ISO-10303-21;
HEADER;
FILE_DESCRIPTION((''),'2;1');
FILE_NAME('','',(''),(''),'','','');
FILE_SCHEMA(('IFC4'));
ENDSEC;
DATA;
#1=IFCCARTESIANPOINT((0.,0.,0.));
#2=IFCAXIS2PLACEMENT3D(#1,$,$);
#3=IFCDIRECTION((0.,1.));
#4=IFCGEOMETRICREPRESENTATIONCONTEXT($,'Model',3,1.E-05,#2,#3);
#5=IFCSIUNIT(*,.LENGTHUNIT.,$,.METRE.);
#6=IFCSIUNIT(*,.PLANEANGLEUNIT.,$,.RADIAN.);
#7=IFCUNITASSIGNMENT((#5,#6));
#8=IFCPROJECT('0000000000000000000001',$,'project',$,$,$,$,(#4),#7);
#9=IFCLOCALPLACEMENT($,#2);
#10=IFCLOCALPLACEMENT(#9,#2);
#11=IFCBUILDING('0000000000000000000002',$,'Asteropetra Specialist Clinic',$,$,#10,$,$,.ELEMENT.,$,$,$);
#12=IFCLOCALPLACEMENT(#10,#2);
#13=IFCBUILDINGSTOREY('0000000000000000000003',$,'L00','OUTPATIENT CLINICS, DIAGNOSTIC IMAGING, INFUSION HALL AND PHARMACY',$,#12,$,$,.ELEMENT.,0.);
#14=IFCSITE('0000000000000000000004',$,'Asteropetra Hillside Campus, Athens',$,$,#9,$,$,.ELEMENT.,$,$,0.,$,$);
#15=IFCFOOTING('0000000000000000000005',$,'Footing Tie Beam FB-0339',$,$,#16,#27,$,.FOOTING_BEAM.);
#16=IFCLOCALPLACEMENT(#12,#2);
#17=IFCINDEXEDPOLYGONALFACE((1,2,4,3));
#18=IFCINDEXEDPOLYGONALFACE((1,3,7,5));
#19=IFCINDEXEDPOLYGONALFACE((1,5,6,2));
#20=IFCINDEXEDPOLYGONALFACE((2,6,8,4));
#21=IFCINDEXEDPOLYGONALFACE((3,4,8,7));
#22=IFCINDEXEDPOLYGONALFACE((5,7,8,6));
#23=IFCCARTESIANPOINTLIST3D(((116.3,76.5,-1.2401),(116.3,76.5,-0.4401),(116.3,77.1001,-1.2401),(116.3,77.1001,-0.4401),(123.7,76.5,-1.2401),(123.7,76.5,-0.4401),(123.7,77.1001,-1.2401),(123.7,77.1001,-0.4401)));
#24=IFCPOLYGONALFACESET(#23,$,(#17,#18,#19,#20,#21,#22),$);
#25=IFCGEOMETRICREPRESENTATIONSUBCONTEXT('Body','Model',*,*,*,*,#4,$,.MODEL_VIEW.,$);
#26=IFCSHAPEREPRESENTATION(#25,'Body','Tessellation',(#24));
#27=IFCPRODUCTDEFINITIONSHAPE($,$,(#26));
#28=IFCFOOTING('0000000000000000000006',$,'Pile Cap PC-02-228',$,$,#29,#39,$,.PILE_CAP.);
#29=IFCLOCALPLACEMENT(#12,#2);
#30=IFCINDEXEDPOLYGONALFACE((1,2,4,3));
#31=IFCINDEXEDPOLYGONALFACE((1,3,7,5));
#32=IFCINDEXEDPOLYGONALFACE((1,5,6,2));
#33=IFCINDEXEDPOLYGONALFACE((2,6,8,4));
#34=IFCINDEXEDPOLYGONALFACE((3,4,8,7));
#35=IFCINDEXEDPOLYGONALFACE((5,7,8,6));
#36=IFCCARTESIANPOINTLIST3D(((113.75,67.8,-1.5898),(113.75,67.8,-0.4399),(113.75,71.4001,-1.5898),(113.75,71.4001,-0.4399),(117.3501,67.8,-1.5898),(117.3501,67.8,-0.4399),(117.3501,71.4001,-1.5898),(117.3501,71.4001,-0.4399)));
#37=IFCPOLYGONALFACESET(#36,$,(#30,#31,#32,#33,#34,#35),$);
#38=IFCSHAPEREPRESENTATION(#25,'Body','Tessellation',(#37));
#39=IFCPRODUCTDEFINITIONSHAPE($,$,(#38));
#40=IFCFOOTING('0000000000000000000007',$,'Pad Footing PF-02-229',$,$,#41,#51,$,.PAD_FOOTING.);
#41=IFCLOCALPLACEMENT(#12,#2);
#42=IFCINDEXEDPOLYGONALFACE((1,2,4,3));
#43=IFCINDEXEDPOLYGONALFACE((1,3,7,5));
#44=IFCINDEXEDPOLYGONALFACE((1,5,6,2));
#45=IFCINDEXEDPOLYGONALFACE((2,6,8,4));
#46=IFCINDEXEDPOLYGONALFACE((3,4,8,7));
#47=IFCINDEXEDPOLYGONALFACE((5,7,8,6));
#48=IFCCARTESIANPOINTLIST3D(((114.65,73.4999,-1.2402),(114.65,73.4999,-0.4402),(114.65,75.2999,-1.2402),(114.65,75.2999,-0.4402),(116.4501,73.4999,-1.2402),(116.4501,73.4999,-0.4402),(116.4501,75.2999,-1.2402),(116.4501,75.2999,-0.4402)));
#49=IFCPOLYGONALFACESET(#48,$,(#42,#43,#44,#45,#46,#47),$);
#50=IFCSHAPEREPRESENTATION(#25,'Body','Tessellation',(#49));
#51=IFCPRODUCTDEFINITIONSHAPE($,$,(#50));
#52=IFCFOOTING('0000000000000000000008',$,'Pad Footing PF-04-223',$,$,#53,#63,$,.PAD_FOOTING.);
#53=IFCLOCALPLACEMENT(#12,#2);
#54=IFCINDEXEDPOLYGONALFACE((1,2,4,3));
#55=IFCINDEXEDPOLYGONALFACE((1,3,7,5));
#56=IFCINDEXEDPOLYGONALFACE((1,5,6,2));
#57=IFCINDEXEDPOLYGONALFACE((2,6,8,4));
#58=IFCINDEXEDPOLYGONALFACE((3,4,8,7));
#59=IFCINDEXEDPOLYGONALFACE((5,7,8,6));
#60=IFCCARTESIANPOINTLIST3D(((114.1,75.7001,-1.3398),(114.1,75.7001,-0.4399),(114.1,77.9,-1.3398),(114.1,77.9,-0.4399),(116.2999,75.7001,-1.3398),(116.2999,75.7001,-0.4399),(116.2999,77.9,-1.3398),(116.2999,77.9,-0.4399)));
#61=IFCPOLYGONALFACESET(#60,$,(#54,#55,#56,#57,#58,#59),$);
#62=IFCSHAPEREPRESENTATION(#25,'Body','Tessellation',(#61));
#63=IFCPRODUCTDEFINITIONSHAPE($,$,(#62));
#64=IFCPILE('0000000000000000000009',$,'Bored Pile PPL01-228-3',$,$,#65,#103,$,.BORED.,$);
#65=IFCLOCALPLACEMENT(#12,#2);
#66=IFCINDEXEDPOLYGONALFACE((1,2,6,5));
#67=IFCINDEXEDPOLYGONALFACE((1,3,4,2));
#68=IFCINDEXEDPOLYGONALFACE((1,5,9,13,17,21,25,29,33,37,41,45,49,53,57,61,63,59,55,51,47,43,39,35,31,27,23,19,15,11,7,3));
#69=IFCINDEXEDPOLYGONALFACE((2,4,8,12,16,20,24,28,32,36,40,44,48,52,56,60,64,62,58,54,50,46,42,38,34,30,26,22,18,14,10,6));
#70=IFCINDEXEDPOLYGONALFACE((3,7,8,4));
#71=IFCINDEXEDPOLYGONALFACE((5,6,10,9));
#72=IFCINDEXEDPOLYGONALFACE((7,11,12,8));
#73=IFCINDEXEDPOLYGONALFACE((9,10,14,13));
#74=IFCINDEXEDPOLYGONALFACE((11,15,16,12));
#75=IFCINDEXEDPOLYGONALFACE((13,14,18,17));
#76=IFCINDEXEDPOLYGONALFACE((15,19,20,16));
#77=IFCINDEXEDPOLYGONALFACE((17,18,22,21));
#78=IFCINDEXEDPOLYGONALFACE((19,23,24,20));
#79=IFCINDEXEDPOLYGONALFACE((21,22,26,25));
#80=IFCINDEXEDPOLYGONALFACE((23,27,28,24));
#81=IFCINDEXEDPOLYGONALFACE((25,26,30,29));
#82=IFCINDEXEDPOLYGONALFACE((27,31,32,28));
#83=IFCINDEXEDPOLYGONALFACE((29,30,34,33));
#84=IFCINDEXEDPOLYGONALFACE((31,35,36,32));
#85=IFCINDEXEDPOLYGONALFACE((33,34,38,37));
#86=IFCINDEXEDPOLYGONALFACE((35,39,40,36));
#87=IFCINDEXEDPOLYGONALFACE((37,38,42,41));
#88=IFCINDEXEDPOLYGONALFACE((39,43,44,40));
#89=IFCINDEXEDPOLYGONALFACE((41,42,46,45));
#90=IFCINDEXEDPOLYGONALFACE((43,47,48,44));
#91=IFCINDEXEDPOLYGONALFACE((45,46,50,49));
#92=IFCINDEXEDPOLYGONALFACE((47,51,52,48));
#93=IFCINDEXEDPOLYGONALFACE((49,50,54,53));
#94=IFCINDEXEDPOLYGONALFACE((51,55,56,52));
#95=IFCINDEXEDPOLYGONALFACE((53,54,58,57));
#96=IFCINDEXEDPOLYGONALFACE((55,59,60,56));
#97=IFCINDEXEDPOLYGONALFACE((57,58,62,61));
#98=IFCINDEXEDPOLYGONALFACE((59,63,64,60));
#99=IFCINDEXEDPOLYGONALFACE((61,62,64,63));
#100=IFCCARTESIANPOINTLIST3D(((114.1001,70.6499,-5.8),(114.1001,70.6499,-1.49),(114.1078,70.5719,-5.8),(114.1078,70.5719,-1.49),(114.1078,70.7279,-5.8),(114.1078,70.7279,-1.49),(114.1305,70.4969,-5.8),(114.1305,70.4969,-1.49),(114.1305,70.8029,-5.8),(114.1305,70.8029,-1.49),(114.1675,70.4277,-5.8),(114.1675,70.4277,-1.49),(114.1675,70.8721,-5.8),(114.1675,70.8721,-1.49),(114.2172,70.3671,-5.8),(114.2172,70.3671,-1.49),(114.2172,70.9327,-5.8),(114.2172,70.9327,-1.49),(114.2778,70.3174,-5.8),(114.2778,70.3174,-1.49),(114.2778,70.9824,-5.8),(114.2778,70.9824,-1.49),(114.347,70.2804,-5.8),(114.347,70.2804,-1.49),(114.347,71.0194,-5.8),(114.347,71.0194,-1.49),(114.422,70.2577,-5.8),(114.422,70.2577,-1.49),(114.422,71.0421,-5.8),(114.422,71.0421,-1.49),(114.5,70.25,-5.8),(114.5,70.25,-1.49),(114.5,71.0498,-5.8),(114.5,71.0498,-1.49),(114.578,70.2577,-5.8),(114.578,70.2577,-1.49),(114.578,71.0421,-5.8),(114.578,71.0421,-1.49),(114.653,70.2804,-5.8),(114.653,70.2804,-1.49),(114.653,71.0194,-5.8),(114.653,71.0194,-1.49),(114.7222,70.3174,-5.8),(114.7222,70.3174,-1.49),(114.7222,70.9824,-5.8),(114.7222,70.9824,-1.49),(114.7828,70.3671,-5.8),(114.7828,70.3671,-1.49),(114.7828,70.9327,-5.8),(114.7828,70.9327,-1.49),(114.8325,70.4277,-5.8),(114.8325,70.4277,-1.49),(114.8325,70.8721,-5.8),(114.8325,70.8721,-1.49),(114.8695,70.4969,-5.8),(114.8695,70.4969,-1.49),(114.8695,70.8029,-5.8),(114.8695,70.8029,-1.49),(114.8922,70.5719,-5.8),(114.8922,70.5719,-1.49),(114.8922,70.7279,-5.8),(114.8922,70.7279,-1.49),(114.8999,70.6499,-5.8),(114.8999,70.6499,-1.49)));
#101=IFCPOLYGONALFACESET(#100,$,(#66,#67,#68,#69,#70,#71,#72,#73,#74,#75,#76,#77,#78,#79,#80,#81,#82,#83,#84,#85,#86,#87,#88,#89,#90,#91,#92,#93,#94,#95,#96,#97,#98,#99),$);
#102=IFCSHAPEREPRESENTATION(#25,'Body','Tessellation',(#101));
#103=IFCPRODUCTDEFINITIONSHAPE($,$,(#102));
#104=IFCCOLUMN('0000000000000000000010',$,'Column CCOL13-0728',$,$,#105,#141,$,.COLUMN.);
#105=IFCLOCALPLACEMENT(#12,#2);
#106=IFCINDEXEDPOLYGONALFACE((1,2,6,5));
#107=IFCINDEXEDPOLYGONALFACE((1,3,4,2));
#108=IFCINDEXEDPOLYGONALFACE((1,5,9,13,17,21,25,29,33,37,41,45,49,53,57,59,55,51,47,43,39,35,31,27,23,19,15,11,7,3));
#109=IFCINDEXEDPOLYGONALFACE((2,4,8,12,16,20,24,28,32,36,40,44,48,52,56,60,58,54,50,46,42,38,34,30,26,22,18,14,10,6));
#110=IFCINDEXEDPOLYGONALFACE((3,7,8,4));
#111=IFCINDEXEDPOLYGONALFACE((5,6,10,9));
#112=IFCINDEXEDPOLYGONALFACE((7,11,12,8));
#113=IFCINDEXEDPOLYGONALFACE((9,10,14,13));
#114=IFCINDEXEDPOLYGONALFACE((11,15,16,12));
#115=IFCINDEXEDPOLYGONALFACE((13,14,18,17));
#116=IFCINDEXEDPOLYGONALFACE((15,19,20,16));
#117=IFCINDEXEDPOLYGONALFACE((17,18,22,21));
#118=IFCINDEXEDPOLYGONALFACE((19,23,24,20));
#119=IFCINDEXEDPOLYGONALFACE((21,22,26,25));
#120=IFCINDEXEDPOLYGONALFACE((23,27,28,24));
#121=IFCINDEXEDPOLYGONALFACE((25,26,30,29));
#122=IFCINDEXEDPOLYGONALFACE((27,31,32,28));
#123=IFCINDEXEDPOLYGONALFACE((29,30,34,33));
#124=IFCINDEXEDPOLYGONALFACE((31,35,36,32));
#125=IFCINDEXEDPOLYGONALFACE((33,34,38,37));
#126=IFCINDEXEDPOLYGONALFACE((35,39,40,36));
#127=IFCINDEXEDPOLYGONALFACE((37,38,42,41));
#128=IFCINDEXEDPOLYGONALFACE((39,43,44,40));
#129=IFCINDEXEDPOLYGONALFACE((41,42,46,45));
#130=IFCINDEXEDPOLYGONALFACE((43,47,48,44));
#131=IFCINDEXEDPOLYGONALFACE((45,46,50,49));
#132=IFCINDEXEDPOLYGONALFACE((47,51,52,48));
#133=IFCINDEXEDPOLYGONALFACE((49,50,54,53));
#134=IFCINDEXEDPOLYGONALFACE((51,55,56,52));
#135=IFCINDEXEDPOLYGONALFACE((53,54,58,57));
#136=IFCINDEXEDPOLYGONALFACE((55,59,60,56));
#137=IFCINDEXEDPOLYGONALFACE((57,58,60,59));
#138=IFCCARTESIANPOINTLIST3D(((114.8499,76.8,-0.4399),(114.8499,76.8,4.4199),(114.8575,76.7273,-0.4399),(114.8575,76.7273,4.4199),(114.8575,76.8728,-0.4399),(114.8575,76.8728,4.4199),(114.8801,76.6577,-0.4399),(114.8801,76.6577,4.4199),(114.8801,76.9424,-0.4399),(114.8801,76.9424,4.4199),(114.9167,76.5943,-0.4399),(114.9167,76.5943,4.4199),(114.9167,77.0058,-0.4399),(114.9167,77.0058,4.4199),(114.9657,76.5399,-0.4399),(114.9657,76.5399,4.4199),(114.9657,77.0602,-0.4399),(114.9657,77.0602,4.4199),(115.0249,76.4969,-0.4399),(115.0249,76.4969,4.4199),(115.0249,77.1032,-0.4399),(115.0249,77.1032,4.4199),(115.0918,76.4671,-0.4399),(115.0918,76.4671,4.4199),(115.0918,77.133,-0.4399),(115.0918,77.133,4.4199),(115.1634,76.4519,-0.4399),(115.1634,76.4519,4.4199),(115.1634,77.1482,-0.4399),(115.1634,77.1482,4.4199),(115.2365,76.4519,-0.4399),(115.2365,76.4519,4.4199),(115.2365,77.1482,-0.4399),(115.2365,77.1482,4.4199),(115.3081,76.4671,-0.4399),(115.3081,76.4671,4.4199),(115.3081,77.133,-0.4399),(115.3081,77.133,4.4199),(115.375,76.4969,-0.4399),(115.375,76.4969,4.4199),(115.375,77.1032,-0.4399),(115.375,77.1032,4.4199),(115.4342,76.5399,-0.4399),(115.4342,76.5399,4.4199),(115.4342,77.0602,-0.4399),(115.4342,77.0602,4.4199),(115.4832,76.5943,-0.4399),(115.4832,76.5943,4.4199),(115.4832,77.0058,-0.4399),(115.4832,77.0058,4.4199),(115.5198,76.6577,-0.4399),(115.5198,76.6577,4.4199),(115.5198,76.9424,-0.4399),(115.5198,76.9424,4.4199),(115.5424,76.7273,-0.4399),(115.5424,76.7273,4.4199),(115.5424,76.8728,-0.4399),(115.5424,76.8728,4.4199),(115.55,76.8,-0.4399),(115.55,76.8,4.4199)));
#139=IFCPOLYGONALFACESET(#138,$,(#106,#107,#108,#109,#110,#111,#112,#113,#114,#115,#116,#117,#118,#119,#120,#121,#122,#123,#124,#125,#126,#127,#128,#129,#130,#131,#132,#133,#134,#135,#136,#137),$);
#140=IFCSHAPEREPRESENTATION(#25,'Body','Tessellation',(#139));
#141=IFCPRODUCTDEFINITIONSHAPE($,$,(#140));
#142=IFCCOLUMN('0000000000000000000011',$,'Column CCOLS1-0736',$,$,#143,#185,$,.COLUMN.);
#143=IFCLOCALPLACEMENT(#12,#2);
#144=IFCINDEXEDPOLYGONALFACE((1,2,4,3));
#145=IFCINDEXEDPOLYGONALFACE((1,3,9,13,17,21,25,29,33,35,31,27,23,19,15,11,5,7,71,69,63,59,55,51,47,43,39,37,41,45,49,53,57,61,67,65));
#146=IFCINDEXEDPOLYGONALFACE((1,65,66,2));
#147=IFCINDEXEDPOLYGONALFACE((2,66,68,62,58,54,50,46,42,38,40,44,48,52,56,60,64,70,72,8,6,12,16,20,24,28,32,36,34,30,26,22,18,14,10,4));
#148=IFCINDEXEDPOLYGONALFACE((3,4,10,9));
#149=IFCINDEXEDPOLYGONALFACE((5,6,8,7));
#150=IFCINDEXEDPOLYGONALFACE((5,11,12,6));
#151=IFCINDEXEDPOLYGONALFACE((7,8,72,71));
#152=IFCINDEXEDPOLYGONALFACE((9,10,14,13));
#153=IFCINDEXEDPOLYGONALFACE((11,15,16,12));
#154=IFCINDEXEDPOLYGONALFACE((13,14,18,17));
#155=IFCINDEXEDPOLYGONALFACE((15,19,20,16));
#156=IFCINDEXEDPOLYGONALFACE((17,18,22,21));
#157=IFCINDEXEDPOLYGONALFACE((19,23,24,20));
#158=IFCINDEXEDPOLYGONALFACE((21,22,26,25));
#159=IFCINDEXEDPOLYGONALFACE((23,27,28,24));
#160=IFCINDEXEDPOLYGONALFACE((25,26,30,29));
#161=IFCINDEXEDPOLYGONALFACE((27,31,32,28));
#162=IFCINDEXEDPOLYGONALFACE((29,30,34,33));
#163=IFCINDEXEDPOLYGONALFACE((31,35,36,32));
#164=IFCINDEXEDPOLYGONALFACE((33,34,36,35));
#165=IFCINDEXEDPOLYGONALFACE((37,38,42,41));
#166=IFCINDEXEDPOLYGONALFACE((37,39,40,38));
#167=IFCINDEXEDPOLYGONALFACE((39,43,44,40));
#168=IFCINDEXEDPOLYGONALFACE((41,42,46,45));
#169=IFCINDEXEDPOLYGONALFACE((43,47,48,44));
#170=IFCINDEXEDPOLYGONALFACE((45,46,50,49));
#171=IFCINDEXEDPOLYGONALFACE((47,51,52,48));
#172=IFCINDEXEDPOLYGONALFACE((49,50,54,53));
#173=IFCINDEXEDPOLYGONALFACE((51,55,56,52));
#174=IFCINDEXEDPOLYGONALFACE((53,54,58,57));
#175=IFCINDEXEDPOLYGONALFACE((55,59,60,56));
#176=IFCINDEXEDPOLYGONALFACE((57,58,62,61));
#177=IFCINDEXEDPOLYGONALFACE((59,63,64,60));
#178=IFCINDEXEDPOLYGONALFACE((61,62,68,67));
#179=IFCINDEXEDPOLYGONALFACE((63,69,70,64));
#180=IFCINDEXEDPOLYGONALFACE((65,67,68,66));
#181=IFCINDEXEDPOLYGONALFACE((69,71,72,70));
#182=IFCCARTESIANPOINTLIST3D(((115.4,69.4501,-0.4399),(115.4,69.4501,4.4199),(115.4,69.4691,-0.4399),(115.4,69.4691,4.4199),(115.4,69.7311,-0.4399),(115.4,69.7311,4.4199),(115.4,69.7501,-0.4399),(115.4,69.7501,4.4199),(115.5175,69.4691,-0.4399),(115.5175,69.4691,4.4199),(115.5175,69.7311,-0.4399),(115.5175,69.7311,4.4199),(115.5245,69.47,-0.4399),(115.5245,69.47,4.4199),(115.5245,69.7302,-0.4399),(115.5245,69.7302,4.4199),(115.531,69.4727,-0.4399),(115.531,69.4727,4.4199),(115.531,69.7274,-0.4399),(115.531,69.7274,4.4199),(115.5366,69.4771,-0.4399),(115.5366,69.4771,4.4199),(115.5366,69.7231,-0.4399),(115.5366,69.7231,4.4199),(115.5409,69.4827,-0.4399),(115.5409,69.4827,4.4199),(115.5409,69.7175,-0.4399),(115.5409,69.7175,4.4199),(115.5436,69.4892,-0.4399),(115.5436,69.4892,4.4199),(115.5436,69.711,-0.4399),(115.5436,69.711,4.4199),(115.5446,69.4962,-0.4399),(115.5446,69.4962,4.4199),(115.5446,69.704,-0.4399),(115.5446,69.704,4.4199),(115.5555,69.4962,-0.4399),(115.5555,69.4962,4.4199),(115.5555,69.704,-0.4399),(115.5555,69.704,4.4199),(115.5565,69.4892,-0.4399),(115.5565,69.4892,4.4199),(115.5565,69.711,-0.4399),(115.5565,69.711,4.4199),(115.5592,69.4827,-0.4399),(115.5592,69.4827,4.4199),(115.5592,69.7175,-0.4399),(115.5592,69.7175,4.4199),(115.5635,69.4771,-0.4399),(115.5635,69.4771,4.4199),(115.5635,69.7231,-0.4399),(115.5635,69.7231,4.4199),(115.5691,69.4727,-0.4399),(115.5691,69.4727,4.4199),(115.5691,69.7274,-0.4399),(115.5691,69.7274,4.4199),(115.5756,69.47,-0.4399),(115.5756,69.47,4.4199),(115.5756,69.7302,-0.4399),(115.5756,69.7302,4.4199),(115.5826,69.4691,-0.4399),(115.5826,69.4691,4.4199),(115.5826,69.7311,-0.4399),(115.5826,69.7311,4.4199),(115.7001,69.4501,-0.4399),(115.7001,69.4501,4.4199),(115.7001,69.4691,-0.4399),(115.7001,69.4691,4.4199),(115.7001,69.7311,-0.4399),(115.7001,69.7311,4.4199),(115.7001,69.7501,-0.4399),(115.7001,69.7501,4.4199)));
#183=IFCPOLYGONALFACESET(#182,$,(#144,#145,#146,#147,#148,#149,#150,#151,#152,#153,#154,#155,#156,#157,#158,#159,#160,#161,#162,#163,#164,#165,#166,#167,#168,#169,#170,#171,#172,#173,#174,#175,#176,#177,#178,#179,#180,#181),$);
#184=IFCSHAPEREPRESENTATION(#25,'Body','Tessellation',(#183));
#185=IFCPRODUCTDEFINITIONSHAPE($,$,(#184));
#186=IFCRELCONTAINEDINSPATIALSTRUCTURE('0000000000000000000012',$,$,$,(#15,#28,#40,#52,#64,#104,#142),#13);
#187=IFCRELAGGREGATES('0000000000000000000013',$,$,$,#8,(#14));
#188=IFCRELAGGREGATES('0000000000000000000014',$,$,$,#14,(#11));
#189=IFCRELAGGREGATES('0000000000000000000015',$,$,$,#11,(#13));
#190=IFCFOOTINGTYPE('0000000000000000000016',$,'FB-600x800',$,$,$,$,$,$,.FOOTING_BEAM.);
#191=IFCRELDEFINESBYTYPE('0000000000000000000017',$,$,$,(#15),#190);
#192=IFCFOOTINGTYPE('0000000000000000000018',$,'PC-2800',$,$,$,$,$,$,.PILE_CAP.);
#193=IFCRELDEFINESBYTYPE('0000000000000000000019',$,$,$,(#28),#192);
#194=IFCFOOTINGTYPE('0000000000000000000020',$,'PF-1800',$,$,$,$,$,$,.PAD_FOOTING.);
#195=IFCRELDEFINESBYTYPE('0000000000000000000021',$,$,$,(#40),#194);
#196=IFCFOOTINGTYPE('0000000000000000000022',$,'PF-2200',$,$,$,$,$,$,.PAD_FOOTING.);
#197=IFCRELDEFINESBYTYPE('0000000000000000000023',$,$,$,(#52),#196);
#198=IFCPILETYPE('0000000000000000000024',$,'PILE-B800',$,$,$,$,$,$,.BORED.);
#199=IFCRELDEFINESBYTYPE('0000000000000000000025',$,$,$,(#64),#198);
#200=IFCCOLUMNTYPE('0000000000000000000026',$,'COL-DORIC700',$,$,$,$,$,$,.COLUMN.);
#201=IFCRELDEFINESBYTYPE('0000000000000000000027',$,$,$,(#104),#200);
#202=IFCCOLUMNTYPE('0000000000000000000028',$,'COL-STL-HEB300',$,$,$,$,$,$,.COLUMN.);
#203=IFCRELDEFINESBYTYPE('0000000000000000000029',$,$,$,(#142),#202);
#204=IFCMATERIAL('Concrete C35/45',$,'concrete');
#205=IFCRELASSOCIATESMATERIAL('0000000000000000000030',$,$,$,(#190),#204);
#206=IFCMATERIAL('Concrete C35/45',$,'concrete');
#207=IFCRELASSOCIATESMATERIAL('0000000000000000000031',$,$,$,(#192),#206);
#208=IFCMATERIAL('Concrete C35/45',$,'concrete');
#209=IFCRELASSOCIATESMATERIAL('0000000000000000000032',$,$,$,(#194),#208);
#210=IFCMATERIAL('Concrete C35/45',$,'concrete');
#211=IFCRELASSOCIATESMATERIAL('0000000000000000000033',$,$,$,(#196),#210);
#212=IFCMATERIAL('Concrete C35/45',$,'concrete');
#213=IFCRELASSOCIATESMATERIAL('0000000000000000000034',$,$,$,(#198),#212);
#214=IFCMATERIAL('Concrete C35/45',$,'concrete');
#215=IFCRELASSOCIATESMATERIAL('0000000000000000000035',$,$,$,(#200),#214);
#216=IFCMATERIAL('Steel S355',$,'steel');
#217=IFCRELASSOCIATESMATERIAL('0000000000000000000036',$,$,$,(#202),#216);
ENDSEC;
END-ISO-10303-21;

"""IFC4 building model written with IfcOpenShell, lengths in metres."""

from ifc_helpers import new_model, si_unit, direction, frame, origin, origin_2d, place, context, subcontext, project, spatial, rectangle, circle, i_section, extrude, material, material_profile, profile_set, type_object, element, save


model = new_model("IFC4")

# Units and contexts
model_context = context("Model", 3, precision=1e-05, world=origin(), true_north=direction((0.0, 1.0)))
body_context = subcontext(model_context, "Body", "Model", "MODEL_VIEW")
ifc_project = project(units=[si_unit("LENGTHUNIT", "METRE"), si_unit("PLANEANGLEUNIT", "RADIAN")], contexts=[model_context])

# Site, building, storey
site_placement = place(None, origin())
site = spatial("IfcSite", under=ifc_project, at=site_placement, Name="Asteropetra Hillside Campus, Athens", CompositionType="ELEMENT", RefElevation=0.0)
building_placement = place(site_placement, origin())
building = spatial("IfcBuilding", under=site, at=building_placement, Name="Asteropetra Specialist Clinic", CompositionType="ELEMENT")
storey_placement = place(building_placement, origin())
storey = spatial("IfcBuildingStorey", under=building, at=storey_placement, Name="L00", Description="OUTPATIENT CLINICS, DIAGNOSTIC IMAGING, INFUSION HALL AND PHARMACY", CompositionType="ELEMENT", Elevation=0.0)

# Footings
ifc_material_1 = material(Name="Concrete C35/45", Category="concrete")
ifc_material_profile_1 = material_profile(ifc_material_1, rectangle(XDim=0.6001, YDim=0.8, at=origin_2d()), Name="FB 600x800")
ifc_profile_set_1 = profile_set([ifc_material_profile_1], Name="Concrete C35/45")
footing_type_1 = type_object("IfcFootingType", Name="FB-600x800", PredefinedType="FOOTING_BEAM", material=ifc_profile_set_1)
footing_1_placement = place(storey_placement, frame((116.3, 76.8, -0.8401), z_axis=(1.0, 0.0, 0.0), x_axis=(0.0, 1.0, 0.0)))
element("IfcFooting", 1, at=footing_1_placement, inside=storey, type_object=footing_type_1, Name="Footing Tie Beam FB-0339", PredefinedType="FOOTING_BEAM", context=body_context, shape_type="SweptSolid", body=[
    extrude(rectangle(XDim=0.6001, YDim=0.8, at=origin_2d()), origin(), (0.0, 0.0, 1.0), 7.3999),
])
ifc_material_2 = material(Name="Concrete C35/45", Category="concrete")
footing_type_2 = type_object("IfcFootingType", Name="PC-2800", PredefinedType="PILE_CAP", material=ifc_material_2)
footing_2_placement = place(storey_placement, frame((115.55, 69.6001, -1.5898), z_axis=(0.0, 0.0, 1.0), x_axis=(1.0, 0.0, 0.0)))
element("IfcFooting", 2, at=footing_2_placement, inside=storey, type_object=footing_type_2, Name="Pile Cap PC-02-228", PredefinedType="PILE_CAP", context=body_context, shape_type="SweptSolid", body=[
    extrude(rectangle(XDim=3.6001, YDim=3.6001, at=origin_2d()), origin(), (0.0, 0.0, 1.0), 1.1499),
])
ifc_material_3 = material(Name="Concrete C35/45", Category="concrete")
footing_type_3 = type_object("IfcFootingType", Name="PF-1800", PredefinedType="PAD_FOOTING", material=ifc_material_3)
footing_3_placement = place(storey_placement, frame((115.55, 74.3999, -1.2402), z_axis=(0.0, 0.0, 1.0), x_axis=(1.0, 0.0, 0.0)))
element("IfcFooting", 3, at=footing_3_placement, inside=storey, type_object=footing_type_3, Name="Pad Footing PF-02-229", PredefinedType="PAD_FOOTING", context=body_context, shape_type="SweptSolid", body=[
    extrude(rectangle(XDim=1.8, YDim=1.8, at=origin_2d()), origin(), (0.0, 0.0, 1.0), 0.8),
])
ifc_material_4 = material(Name="Concrete C35/45", Category="concrete")
footing_type_4 = type_object("IfcFootingType", Name="PF-2200", PredefinedType="PAD_FOOTING", material=ifc_material_4)
footing_4_placement = place(storey_placement, frame((115.2, 76.8, -1.3398), z_axis=(0.0, 0.0, 1.0), x_axis=(1.0, 0.0, 0.0)))
element("IfcFooting", 4, at=footing_4_placement, inside=storey, type_object=footing_type_4, Name="Pad Footing PF-04-223", PredefinedType="PAD_FOOTING", context=body_context, shape_type="SweptSolid", body=[
    extrude(rectangle(XDim=2.2, YDim=2.2, at=origin_2d()), origin(), (0.0, 0.0, 1.0), 0.8999),
])

# Pile
ifc_material_5 = material(Name="Concrete C35/45", Category="concrete")
ifc_material_profile_2 = material_profile(ifc_material_5, circle(Radius=0.3999, at=origin_2d()), Name="PILE D800")
ifc_profile_set_2 = profile_set([ifc_material_profile_2], Name="Concrete C35/45")
pile_type = type_object("IfcPileType", Name="PILE-B800", PredefinedType="BORED", material=ifc_profile_set_2)
pile_placement = place(storey_placement, frame((114.5, 70.6499, -1.49), z_axis=(0.0, 0.0, -1.0), x_axis=(1.0, 0.0, 0.0)))
element("IfcPile", 5, at=pile_placement, inside=storey, type_object=pile_type, Name="Bored Pile PPL01-228-3", PredefinedType="BORED", context=body_context, shape_type="SweptSolid", body=[
    extrude(circle(Radius=0.3999, at=origin_2d()), origin(), (0.0, 0.0, 1.0), 4.3101),
])

# Columns
ifc_material_6 = material(Name="Concrete C35/45", Category="concrete")
ifc_material_profile_3 = material_profile(ifc_material_6, circle(Radius=0.3501, at=origin_2d()), Name="RCC D700")
ifc_profile_set_3 = profile_set([ifc_material_profile_3], Name="Concrete C35/45")
column_type_1 = type_object("IfcColumnType", Name="COL-DORIC700", PredefinedType="COLUMN", material=ifc_profile_set_3)
column_placement = place(storey_placement, frame((115.2, 76.8, -0.4399), z_axis=(0.0, 0.0, 1.0), x_axis=(1.0, 0.0, 0.0)))
element("IfcColumn", 6, at=column_placement, inside=storey, type_object=column_type_1, Name="Column CCOL13-0728", PredefinedType="COLUMN", context=body_context, shape_type="SweptSolid", body=[
    extrude(circle(Radius=0.3501, at=origin_2d()), origin(), (0.0, 0.0, 1.0), 4.8599),
])
ifc_material_7 = material(Name="Steel S355", Category="steel")
ifc_material_profile_4 = material_profile(ifc_material_7, i_section(OverallWidth=0.3, OverallDepth=0.3, WebThickness=0.011, FlangeThickness=0.019, FilletRadius=0.0271, at=origin_2d()), Name="HEB 300")
ifc_profile_set_4 = profile_set([ifc_material_profile_4], Name="Steel S355")
column_type_2 = type_object("IfcColumnType", Name="COL-STL-HEB300", PredefinedType="COLUMN", material=ifc_profile_set_4)
for number, where, z_axis, x_axis, name in (
    (7, (115.55, 69.6001, -0.4399), (0.0, 0.0, 1.0), (1.0, 0.0, 0.0), "Column CCOLS1-0736"),
):
    element("IfcColumn", number, at=place(storey_placement, frame(where, z_axis=z_axis, x_axis=x_axis)), inside=storey, type_object=column_type_2, Name=name, PredefinedType="COLUMN", context=body_context, shape_type="SweptSolid", body=[
        extrude(i_section(OverallWidth=0.3, OverallDepth=0.3, WebThickness=0.011, FlangeThickness=0.019, FilletRadius=0.0271, at=origin_2d()), origin(), (0.0, 0.0, 1.0), 4.8599),
    ])

save(model, "model.ifc")
